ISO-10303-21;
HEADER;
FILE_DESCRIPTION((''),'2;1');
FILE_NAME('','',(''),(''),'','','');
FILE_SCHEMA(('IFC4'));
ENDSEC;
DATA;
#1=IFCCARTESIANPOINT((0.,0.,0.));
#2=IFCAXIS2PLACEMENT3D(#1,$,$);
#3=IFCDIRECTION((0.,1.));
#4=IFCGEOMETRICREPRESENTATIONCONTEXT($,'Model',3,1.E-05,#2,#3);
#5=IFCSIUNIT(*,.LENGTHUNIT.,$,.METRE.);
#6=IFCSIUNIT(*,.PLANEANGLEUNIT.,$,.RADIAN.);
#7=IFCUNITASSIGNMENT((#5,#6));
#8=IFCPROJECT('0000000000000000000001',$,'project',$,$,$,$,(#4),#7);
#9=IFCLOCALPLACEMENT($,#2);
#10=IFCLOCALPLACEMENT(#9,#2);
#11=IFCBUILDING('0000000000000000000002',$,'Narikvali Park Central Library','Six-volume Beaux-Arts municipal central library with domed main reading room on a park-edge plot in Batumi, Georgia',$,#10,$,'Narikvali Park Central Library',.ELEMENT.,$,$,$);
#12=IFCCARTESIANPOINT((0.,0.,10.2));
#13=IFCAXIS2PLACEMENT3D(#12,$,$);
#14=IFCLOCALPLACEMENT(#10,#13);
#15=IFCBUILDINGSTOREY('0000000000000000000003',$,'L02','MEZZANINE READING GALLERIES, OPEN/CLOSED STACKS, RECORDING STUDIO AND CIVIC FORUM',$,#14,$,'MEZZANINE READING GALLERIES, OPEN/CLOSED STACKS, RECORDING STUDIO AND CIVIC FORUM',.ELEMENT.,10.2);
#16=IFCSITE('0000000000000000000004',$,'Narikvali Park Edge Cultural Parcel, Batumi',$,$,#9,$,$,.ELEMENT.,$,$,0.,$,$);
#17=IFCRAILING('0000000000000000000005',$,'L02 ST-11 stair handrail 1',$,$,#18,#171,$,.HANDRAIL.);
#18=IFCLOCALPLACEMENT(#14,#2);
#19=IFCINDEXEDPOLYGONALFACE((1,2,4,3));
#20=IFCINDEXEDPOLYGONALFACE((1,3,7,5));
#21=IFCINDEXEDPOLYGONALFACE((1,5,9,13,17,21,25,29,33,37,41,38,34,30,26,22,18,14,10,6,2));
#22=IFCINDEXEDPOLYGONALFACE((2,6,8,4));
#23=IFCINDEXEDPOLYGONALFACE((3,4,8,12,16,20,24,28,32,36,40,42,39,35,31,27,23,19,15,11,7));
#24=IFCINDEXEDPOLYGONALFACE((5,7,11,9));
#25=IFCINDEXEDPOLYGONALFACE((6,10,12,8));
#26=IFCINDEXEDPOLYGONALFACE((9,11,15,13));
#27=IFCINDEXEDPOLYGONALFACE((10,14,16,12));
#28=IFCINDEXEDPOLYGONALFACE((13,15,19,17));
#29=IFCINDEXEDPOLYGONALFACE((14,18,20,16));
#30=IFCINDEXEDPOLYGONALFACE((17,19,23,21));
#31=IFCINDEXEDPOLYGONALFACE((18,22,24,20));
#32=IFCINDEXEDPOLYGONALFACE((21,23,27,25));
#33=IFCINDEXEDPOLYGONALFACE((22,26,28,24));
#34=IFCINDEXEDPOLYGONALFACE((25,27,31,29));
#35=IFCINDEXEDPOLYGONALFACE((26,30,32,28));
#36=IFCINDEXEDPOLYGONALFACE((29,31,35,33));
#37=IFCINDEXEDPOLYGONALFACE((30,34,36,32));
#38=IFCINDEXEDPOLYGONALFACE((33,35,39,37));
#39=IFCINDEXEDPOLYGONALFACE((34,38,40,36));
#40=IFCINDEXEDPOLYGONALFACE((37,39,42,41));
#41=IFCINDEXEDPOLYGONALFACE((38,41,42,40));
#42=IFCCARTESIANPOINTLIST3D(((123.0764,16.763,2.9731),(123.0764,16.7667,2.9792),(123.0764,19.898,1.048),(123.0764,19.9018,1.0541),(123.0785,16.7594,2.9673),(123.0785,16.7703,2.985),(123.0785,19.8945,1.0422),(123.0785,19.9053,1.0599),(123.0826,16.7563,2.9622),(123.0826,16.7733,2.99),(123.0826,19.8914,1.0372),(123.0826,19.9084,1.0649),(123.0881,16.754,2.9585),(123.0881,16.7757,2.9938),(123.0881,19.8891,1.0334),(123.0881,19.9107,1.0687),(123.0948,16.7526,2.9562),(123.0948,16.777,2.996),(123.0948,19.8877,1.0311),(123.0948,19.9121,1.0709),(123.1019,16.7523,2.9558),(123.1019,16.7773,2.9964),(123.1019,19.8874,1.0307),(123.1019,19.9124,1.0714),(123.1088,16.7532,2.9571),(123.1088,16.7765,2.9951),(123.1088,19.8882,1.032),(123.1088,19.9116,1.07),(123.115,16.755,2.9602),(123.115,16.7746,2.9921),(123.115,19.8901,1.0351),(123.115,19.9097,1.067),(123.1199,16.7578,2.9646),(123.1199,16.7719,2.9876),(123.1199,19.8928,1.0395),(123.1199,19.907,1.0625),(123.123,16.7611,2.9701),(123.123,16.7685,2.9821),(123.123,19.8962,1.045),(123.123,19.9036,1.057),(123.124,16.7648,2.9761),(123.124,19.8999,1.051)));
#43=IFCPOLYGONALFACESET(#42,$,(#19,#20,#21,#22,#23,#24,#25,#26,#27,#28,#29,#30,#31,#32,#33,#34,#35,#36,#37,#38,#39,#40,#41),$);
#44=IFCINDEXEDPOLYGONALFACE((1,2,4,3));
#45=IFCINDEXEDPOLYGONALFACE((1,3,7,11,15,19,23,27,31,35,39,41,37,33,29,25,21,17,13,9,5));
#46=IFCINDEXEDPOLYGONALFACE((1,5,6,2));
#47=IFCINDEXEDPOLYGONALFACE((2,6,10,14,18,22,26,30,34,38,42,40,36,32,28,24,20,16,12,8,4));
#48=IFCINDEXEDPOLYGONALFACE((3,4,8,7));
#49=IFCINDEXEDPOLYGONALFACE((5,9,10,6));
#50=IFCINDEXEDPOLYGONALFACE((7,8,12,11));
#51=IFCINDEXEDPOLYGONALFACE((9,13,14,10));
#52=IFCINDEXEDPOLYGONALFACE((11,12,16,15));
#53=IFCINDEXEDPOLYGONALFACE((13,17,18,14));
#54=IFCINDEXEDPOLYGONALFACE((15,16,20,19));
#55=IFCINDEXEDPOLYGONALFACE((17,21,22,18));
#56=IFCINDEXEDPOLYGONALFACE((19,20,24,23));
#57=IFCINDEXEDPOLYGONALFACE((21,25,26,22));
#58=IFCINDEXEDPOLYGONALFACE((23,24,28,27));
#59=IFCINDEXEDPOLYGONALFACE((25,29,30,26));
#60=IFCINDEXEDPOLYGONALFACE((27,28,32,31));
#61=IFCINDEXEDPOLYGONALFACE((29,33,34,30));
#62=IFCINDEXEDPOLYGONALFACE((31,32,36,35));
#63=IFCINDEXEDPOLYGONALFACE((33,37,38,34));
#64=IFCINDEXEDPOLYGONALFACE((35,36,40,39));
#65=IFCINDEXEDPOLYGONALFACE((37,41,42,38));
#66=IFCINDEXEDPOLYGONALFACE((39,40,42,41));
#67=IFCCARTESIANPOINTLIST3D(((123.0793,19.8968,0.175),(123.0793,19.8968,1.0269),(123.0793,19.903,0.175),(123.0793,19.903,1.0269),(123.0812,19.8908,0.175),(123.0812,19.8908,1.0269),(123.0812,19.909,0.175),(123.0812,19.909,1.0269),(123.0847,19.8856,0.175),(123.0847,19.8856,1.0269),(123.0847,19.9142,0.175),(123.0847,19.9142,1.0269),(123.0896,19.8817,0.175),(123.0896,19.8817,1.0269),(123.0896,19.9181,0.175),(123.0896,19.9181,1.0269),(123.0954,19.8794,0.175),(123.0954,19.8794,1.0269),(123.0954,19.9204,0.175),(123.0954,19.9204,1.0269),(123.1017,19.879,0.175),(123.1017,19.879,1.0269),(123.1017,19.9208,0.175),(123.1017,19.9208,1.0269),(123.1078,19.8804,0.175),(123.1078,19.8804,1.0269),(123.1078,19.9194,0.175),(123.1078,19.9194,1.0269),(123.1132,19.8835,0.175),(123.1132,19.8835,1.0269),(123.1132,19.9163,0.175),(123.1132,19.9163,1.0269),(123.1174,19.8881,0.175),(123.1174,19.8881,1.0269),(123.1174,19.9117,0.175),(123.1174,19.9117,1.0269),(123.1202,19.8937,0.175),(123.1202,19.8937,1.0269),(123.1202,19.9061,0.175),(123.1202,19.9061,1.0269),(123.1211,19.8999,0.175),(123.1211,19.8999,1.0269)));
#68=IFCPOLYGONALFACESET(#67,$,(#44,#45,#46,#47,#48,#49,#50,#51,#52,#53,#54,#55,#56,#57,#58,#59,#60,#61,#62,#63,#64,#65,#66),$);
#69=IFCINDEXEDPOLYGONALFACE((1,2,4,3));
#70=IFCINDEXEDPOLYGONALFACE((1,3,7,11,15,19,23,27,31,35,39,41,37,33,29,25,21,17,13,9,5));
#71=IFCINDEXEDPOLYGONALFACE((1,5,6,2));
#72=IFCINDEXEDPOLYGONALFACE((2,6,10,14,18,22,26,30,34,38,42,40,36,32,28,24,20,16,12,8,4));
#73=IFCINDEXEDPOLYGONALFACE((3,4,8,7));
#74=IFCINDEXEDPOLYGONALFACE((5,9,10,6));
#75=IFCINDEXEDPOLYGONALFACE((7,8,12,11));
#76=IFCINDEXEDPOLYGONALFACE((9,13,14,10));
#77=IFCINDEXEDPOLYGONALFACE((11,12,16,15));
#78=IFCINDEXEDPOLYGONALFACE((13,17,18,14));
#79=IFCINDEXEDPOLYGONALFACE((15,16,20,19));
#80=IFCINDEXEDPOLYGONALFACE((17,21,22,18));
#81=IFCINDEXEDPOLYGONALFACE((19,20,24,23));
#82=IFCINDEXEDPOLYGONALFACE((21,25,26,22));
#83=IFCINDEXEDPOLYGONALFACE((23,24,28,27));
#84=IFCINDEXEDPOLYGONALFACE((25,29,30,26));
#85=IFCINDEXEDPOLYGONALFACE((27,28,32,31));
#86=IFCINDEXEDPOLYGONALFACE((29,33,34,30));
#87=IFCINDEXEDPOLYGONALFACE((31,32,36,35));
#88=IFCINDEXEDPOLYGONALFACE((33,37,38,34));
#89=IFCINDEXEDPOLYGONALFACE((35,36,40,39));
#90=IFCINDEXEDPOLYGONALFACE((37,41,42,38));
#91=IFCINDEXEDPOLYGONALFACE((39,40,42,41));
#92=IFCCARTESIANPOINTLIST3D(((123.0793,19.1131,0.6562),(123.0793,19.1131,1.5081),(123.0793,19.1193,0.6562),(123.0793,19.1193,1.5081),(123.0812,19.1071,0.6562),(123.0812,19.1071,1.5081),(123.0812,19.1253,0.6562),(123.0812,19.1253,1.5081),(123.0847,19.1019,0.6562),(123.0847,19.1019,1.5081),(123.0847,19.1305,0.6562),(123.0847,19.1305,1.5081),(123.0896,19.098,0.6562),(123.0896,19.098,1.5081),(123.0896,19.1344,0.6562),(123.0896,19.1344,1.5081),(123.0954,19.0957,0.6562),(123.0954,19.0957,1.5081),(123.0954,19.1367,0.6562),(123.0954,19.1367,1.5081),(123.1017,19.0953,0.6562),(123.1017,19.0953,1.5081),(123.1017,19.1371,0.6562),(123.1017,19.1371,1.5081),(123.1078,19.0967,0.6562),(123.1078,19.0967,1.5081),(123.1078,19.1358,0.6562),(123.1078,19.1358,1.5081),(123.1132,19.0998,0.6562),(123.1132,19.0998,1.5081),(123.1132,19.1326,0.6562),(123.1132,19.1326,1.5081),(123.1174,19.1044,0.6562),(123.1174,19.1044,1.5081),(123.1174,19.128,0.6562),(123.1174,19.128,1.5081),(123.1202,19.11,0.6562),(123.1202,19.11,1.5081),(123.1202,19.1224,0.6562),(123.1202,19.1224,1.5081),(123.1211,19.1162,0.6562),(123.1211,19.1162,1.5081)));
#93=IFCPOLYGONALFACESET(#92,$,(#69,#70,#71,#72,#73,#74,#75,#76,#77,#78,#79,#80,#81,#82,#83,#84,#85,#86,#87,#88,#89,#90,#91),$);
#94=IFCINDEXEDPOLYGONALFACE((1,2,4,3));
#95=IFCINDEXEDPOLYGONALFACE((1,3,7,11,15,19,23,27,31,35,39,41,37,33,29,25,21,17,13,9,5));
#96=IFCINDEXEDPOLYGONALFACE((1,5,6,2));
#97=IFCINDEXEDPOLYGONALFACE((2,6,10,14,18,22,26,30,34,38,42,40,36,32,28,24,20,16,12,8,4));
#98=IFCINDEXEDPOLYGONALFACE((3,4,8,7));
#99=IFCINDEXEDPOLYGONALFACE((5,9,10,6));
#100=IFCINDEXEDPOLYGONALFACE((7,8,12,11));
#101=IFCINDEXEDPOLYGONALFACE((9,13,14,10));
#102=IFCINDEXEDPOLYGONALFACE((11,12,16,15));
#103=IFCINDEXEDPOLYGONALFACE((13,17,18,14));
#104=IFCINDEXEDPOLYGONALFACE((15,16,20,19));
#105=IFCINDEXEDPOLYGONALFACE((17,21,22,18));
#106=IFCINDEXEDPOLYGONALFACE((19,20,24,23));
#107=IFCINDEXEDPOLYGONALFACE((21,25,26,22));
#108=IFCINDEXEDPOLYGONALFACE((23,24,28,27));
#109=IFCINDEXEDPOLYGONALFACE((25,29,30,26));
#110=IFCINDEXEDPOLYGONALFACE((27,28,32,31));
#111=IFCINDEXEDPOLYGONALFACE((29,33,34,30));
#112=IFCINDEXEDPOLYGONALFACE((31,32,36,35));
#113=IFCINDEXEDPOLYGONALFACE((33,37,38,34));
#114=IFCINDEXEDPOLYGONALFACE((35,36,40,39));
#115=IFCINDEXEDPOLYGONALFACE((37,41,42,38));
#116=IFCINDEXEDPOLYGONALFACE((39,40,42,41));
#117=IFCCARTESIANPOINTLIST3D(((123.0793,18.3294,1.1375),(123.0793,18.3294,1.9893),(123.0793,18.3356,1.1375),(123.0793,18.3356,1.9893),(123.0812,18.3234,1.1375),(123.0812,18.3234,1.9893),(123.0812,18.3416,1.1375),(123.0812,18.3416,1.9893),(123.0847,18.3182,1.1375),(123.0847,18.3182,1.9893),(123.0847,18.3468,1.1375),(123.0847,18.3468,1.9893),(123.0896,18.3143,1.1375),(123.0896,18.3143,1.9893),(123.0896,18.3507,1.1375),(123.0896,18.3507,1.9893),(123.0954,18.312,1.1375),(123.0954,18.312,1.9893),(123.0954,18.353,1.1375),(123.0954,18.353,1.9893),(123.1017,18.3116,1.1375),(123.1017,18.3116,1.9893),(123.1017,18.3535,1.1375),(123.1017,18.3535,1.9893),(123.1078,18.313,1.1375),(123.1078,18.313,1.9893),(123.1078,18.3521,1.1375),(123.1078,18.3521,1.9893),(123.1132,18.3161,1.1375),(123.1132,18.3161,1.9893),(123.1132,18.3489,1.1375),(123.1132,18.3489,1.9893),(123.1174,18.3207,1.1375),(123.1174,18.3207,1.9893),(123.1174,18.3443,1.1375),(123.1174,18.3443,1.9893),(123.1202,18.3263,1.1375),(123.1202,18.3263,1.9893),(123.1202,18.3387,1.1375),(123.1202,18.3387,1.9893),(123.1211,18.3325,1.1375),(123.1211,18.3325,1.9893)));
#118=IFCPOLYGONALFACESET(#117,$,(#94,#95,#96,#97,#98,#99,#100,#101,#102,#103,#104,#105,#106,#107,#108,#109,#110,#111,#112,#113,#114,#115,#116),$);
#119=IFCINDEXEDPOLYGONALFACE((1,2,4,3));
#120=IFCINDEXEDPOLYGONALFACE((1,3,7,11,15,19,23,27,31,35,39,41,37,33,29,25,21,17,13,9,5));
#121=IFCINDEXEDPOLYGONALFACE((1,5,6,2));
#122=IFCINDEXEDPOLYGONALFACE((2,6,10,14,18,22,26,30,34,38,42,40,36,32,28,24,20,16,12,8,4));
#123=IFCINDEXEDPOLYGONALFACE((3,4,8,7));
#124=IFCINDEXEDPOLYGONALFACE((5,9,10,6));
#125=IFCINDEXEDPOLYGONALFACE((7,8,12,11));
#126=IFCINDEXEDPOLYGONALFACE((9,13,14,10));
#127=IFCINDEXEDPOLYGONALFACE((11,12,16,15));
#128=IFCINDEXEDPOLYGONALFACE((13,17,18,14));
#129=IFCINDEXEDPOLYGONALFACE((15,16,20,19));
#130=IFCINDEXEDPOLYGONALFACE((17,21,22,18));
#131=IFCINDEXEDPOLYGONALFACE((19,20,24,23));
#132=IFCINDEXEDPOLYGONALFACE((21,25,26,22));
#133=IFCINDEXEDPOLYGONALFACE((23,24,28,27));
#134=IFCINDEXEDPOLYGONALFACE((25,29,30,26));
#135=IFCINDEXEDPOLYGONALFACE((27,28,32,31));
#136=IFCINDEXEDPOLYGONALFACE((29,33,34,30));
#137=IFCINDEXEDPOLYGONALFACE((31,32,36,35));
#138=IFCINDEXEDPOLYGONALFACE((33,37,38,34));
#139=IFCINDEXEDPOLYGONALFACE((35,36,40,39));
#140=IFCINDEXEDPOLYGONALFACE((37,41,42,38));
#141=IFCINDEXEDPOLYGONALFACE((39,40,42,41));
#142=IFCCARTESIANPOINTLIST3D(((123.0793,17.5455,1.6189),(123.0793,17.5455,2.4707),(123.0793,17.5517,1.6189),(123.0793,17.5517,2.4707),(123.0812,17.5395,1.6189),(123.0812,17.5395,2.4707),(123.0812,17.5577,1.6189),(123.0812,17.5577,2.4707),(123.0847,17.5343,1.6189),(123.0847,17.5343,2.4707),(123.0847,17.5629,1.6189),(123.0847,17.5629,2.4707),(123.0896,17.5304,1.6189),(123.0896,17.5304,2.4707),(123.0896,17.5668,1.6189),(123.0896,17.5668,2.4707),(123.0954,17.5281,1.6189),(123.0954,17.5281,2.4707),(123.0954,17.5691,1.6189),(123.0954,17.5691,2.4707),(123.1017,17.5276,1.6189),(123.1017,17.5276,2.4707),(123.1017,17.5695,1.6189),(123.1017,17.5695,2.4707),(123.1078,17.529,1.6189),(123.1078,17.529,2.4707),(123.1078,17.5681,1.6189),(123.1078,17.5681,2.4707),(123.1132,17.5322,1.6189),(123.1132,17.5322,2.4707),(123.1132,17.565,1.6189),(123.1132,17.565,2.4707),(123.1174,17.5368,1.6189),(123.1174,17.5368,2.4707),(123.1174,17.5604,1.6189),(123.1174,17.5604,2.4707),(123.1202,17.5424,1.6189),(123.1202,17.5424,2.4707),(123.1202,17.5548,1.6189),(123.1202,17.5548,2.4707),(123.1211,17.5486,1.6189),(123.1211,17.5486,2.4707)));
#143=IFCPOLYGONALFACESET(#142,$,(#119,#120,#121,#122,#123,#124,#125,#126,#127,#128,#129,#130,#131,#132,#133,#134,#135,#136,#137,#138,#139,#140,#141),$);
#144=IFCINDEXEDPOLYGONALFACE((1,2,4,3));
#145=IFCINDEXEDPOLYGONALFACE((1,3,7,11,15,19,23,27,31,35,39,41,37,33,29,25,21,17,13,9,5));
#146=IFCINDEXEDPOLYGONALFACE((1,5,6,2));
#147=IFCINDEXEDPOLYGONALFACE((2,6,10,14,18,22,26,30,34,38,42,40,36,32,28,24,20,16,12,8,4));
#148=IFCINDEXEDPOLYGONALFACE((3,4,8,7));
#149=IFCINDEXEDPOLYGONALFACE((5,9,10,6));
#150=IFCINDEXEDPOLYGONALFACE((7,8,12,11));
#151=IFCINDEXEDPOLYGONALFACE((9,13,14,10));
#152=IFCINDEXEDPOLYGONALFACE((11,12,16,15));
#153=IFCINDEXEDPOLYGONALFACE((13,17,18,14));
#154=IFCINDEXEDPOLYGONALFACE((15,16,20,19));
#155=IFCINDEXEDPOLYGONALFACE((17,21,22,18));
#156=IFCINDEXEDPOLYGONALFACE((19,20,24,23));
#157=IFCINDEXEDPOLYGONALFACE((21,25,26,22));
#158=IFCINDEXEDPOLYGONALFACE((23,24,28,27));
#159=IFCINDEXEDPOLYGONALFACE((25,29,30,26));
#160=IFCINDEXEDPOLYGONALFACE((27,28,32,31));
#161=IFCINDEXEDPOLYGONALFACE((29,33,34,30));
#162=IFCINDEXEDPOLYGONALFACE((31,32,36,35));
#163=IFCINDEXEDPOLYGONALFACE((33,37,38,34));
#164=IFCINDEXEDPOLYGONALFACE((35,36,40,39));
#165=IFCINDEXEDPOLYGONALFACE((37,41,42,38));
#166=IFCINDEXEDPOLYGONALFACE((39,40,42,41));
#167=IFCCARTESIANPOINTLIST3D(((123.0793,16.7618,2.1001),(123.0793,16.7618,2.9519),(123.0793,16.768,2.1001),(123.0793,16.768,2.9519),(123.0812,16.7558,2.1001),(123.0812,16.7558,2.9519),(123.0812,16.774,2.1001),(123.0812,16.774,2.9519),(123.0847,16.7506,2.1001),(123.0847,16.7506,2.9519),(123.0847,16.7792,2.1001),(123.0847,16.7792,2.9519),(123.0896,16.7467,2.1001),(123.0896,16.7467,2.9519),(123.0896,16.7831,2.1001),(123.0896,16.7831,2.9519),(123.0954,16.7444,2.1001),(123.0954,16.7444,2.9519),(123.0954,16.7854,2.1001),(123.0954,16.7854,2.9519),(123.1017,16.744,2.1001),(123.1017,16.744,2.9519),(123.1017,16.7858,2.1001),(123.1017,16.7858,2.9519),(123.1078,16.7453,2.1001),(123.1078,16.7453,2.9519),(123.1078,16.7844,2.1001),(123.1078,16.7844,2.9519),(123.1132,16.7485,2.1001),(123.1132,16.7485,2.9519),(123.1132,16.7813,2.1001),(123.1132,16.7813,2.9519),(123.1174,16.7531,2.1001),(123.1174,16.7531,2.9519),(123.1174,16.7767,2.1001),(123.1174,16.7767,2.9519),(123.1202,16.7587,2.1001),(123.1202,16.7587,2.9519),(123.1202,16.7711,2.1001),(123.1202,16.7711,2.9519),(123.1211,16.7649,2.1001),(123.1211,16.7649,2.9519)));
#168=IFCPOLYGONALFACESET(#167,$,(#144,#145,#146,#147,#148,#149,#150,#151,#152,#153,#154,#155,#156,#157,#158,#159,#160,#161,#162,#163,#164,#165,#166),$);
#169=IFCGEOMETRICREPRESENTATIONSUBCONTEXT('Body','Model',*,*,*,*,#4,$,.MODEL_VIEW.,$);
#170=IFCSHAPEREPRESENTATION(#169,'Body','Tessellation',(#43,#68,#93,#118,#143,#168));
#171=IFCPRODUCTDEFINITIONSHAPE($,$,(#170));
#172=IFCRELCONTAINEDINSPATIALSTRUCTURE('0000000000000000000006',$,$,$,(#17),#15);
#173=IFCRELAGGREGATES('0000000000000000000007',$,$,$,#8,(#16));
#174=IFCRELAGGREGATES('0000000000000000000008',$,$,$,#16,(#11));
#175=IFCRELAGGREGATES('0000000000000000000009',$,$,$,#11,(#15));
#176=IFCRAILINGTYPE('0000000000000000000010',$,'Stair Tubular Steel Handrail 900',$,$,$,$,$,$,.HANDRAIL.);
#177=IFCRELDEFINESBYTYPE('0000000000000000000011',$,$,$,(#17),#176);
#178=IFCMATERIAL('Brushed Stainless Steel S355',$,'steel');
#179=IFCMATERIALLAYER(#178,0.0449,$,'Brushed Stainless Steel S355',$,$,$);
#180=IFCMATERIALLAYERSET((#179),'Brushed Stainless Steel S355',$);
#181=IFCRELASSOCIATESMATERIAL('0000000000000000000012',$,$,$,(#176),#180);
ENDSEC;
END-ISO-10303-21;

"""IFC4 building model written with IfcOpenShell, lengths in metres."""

from ifc_helpers import new_model, si_unit, direction, frame, origin, origin_2d, place, context, subcontext, project, spatial, circle, extrude, material, layer, layer_set, type_object, element, save


model = new_model("IFC4")

# Units and contexts
model_context = context("Model", 3, precision=1e-05, world=origin(), true_north=direction((0.0, 1.0)))
body_context = subcontext(model_context, "Body", "Model", "MODEL_VIEW")
ifc_project = project(units=[si_unit("LENGTHUNIT", "METRE"), si_unit("PLANEANGLEUNIT", "RADIAN")], contexts=[model_context])

# Site, building, storey
site_placement = place(None, origin())
site = spatial("IfcSite", under=ifc_project, at=site_placement, Name="Narikvali Park Edge Cultural Parcel, Batumi", CompositionType="ELEMENT", RefElevation=0.0)
building_placement = place(site_placement, origin())
building = spatial("IfcBuilding", under=site, at=building_placement, Name="Narikvali Park Central Library", Description="Six-volume Beaux-Arts municipal central library with domed main reading room on a park-edge plot in Batumi, Georgia", LongName="Narikvali Park Central Library", CompositionType="ELEMENT")
storey_placement = place(building_placement, frame((0.0, 0.0, 10.2)))
storey = spatial("IfcBuildingStorey", under=building, at=storey_placement, Name="L02", Description="MEZZANINE READING GALLERIES, OPEN/CLOSED STACKS, RECORDING STUDIO AND CIVIC FORUM", LongName="MEZZANINE READING GALLERIES, OPEN/CLOSED STACKS, RECORDING STUDIO AND CIVIC FORUM", CompositionType="ELEMENT", Elevation=10.2)

# Shared definitions
ifc_material_1 = material(Name="Brushed Stainless Steel S355", Category="steel")

# Railing
ifc_layer_1 = layer(ifc_material_1, 0.0449, Name="Brushed Stainless Steel S355")
ifc_layer_set_1 = layer_set([ifc_layer_1], Name="Brushed Stainless Steel S355")
railing_type_1 = type_object("IfcRailingType", Name="Stair Tubular Steel Handrail 900", PredefinedType="HANDRAIL", material=ifc_layer_set_1)
railing_1_placement = place(storey_placement, frame((123.1001, 19.8999, 0.175)))
element("IfcRailing", 1, at=railing_1_placement, inside=storey, type_object=railing_type_1, Name="L02 ST-11 stair handrail 1", PredefinedType="HANDRAIL", context=body_context, shape_type="SweptSolid", body=[
    extrude(circle(Radius=0.0239, at=origin_2d()), frame((0.0, 0.0, 0.876), z_axis=(0.0, -0.852166, 0.523271), x_axis=(1.0, 0.0, 0.0)), (0.0, 0.0, 1.0), 3.679),
    extrude(circle(Radius=0.021, at=origin_2d()), origin(), (0.0, 0.0, 1.0), 0.8518),
    extrude(circle(Radius=0.021, at=origin_2d()), frame((0.0, -0.7837, 0.4812)), (0.0, 0.0, 1.0), 0.8518),
    extrude(circle(Radius=0.021, at=origin_2d()), frame((0.0, -1.5674, 0.9624)), (0.0, 0.0, 1.0), 0.8518),
    extrude(circle(Radius=0.021, at=origin_2d()), frame((0.0, -2.3513, 1.4438)), (0.0, 0.0, 1.0), 0.8518),
    extrude(circle(Radius=0.021, at=origin_2d()), frame((0.0, -3.135, 1.925)), (0.0, 0.0, 1.0), 0.8518),
])

save(model, "model.ifc")
